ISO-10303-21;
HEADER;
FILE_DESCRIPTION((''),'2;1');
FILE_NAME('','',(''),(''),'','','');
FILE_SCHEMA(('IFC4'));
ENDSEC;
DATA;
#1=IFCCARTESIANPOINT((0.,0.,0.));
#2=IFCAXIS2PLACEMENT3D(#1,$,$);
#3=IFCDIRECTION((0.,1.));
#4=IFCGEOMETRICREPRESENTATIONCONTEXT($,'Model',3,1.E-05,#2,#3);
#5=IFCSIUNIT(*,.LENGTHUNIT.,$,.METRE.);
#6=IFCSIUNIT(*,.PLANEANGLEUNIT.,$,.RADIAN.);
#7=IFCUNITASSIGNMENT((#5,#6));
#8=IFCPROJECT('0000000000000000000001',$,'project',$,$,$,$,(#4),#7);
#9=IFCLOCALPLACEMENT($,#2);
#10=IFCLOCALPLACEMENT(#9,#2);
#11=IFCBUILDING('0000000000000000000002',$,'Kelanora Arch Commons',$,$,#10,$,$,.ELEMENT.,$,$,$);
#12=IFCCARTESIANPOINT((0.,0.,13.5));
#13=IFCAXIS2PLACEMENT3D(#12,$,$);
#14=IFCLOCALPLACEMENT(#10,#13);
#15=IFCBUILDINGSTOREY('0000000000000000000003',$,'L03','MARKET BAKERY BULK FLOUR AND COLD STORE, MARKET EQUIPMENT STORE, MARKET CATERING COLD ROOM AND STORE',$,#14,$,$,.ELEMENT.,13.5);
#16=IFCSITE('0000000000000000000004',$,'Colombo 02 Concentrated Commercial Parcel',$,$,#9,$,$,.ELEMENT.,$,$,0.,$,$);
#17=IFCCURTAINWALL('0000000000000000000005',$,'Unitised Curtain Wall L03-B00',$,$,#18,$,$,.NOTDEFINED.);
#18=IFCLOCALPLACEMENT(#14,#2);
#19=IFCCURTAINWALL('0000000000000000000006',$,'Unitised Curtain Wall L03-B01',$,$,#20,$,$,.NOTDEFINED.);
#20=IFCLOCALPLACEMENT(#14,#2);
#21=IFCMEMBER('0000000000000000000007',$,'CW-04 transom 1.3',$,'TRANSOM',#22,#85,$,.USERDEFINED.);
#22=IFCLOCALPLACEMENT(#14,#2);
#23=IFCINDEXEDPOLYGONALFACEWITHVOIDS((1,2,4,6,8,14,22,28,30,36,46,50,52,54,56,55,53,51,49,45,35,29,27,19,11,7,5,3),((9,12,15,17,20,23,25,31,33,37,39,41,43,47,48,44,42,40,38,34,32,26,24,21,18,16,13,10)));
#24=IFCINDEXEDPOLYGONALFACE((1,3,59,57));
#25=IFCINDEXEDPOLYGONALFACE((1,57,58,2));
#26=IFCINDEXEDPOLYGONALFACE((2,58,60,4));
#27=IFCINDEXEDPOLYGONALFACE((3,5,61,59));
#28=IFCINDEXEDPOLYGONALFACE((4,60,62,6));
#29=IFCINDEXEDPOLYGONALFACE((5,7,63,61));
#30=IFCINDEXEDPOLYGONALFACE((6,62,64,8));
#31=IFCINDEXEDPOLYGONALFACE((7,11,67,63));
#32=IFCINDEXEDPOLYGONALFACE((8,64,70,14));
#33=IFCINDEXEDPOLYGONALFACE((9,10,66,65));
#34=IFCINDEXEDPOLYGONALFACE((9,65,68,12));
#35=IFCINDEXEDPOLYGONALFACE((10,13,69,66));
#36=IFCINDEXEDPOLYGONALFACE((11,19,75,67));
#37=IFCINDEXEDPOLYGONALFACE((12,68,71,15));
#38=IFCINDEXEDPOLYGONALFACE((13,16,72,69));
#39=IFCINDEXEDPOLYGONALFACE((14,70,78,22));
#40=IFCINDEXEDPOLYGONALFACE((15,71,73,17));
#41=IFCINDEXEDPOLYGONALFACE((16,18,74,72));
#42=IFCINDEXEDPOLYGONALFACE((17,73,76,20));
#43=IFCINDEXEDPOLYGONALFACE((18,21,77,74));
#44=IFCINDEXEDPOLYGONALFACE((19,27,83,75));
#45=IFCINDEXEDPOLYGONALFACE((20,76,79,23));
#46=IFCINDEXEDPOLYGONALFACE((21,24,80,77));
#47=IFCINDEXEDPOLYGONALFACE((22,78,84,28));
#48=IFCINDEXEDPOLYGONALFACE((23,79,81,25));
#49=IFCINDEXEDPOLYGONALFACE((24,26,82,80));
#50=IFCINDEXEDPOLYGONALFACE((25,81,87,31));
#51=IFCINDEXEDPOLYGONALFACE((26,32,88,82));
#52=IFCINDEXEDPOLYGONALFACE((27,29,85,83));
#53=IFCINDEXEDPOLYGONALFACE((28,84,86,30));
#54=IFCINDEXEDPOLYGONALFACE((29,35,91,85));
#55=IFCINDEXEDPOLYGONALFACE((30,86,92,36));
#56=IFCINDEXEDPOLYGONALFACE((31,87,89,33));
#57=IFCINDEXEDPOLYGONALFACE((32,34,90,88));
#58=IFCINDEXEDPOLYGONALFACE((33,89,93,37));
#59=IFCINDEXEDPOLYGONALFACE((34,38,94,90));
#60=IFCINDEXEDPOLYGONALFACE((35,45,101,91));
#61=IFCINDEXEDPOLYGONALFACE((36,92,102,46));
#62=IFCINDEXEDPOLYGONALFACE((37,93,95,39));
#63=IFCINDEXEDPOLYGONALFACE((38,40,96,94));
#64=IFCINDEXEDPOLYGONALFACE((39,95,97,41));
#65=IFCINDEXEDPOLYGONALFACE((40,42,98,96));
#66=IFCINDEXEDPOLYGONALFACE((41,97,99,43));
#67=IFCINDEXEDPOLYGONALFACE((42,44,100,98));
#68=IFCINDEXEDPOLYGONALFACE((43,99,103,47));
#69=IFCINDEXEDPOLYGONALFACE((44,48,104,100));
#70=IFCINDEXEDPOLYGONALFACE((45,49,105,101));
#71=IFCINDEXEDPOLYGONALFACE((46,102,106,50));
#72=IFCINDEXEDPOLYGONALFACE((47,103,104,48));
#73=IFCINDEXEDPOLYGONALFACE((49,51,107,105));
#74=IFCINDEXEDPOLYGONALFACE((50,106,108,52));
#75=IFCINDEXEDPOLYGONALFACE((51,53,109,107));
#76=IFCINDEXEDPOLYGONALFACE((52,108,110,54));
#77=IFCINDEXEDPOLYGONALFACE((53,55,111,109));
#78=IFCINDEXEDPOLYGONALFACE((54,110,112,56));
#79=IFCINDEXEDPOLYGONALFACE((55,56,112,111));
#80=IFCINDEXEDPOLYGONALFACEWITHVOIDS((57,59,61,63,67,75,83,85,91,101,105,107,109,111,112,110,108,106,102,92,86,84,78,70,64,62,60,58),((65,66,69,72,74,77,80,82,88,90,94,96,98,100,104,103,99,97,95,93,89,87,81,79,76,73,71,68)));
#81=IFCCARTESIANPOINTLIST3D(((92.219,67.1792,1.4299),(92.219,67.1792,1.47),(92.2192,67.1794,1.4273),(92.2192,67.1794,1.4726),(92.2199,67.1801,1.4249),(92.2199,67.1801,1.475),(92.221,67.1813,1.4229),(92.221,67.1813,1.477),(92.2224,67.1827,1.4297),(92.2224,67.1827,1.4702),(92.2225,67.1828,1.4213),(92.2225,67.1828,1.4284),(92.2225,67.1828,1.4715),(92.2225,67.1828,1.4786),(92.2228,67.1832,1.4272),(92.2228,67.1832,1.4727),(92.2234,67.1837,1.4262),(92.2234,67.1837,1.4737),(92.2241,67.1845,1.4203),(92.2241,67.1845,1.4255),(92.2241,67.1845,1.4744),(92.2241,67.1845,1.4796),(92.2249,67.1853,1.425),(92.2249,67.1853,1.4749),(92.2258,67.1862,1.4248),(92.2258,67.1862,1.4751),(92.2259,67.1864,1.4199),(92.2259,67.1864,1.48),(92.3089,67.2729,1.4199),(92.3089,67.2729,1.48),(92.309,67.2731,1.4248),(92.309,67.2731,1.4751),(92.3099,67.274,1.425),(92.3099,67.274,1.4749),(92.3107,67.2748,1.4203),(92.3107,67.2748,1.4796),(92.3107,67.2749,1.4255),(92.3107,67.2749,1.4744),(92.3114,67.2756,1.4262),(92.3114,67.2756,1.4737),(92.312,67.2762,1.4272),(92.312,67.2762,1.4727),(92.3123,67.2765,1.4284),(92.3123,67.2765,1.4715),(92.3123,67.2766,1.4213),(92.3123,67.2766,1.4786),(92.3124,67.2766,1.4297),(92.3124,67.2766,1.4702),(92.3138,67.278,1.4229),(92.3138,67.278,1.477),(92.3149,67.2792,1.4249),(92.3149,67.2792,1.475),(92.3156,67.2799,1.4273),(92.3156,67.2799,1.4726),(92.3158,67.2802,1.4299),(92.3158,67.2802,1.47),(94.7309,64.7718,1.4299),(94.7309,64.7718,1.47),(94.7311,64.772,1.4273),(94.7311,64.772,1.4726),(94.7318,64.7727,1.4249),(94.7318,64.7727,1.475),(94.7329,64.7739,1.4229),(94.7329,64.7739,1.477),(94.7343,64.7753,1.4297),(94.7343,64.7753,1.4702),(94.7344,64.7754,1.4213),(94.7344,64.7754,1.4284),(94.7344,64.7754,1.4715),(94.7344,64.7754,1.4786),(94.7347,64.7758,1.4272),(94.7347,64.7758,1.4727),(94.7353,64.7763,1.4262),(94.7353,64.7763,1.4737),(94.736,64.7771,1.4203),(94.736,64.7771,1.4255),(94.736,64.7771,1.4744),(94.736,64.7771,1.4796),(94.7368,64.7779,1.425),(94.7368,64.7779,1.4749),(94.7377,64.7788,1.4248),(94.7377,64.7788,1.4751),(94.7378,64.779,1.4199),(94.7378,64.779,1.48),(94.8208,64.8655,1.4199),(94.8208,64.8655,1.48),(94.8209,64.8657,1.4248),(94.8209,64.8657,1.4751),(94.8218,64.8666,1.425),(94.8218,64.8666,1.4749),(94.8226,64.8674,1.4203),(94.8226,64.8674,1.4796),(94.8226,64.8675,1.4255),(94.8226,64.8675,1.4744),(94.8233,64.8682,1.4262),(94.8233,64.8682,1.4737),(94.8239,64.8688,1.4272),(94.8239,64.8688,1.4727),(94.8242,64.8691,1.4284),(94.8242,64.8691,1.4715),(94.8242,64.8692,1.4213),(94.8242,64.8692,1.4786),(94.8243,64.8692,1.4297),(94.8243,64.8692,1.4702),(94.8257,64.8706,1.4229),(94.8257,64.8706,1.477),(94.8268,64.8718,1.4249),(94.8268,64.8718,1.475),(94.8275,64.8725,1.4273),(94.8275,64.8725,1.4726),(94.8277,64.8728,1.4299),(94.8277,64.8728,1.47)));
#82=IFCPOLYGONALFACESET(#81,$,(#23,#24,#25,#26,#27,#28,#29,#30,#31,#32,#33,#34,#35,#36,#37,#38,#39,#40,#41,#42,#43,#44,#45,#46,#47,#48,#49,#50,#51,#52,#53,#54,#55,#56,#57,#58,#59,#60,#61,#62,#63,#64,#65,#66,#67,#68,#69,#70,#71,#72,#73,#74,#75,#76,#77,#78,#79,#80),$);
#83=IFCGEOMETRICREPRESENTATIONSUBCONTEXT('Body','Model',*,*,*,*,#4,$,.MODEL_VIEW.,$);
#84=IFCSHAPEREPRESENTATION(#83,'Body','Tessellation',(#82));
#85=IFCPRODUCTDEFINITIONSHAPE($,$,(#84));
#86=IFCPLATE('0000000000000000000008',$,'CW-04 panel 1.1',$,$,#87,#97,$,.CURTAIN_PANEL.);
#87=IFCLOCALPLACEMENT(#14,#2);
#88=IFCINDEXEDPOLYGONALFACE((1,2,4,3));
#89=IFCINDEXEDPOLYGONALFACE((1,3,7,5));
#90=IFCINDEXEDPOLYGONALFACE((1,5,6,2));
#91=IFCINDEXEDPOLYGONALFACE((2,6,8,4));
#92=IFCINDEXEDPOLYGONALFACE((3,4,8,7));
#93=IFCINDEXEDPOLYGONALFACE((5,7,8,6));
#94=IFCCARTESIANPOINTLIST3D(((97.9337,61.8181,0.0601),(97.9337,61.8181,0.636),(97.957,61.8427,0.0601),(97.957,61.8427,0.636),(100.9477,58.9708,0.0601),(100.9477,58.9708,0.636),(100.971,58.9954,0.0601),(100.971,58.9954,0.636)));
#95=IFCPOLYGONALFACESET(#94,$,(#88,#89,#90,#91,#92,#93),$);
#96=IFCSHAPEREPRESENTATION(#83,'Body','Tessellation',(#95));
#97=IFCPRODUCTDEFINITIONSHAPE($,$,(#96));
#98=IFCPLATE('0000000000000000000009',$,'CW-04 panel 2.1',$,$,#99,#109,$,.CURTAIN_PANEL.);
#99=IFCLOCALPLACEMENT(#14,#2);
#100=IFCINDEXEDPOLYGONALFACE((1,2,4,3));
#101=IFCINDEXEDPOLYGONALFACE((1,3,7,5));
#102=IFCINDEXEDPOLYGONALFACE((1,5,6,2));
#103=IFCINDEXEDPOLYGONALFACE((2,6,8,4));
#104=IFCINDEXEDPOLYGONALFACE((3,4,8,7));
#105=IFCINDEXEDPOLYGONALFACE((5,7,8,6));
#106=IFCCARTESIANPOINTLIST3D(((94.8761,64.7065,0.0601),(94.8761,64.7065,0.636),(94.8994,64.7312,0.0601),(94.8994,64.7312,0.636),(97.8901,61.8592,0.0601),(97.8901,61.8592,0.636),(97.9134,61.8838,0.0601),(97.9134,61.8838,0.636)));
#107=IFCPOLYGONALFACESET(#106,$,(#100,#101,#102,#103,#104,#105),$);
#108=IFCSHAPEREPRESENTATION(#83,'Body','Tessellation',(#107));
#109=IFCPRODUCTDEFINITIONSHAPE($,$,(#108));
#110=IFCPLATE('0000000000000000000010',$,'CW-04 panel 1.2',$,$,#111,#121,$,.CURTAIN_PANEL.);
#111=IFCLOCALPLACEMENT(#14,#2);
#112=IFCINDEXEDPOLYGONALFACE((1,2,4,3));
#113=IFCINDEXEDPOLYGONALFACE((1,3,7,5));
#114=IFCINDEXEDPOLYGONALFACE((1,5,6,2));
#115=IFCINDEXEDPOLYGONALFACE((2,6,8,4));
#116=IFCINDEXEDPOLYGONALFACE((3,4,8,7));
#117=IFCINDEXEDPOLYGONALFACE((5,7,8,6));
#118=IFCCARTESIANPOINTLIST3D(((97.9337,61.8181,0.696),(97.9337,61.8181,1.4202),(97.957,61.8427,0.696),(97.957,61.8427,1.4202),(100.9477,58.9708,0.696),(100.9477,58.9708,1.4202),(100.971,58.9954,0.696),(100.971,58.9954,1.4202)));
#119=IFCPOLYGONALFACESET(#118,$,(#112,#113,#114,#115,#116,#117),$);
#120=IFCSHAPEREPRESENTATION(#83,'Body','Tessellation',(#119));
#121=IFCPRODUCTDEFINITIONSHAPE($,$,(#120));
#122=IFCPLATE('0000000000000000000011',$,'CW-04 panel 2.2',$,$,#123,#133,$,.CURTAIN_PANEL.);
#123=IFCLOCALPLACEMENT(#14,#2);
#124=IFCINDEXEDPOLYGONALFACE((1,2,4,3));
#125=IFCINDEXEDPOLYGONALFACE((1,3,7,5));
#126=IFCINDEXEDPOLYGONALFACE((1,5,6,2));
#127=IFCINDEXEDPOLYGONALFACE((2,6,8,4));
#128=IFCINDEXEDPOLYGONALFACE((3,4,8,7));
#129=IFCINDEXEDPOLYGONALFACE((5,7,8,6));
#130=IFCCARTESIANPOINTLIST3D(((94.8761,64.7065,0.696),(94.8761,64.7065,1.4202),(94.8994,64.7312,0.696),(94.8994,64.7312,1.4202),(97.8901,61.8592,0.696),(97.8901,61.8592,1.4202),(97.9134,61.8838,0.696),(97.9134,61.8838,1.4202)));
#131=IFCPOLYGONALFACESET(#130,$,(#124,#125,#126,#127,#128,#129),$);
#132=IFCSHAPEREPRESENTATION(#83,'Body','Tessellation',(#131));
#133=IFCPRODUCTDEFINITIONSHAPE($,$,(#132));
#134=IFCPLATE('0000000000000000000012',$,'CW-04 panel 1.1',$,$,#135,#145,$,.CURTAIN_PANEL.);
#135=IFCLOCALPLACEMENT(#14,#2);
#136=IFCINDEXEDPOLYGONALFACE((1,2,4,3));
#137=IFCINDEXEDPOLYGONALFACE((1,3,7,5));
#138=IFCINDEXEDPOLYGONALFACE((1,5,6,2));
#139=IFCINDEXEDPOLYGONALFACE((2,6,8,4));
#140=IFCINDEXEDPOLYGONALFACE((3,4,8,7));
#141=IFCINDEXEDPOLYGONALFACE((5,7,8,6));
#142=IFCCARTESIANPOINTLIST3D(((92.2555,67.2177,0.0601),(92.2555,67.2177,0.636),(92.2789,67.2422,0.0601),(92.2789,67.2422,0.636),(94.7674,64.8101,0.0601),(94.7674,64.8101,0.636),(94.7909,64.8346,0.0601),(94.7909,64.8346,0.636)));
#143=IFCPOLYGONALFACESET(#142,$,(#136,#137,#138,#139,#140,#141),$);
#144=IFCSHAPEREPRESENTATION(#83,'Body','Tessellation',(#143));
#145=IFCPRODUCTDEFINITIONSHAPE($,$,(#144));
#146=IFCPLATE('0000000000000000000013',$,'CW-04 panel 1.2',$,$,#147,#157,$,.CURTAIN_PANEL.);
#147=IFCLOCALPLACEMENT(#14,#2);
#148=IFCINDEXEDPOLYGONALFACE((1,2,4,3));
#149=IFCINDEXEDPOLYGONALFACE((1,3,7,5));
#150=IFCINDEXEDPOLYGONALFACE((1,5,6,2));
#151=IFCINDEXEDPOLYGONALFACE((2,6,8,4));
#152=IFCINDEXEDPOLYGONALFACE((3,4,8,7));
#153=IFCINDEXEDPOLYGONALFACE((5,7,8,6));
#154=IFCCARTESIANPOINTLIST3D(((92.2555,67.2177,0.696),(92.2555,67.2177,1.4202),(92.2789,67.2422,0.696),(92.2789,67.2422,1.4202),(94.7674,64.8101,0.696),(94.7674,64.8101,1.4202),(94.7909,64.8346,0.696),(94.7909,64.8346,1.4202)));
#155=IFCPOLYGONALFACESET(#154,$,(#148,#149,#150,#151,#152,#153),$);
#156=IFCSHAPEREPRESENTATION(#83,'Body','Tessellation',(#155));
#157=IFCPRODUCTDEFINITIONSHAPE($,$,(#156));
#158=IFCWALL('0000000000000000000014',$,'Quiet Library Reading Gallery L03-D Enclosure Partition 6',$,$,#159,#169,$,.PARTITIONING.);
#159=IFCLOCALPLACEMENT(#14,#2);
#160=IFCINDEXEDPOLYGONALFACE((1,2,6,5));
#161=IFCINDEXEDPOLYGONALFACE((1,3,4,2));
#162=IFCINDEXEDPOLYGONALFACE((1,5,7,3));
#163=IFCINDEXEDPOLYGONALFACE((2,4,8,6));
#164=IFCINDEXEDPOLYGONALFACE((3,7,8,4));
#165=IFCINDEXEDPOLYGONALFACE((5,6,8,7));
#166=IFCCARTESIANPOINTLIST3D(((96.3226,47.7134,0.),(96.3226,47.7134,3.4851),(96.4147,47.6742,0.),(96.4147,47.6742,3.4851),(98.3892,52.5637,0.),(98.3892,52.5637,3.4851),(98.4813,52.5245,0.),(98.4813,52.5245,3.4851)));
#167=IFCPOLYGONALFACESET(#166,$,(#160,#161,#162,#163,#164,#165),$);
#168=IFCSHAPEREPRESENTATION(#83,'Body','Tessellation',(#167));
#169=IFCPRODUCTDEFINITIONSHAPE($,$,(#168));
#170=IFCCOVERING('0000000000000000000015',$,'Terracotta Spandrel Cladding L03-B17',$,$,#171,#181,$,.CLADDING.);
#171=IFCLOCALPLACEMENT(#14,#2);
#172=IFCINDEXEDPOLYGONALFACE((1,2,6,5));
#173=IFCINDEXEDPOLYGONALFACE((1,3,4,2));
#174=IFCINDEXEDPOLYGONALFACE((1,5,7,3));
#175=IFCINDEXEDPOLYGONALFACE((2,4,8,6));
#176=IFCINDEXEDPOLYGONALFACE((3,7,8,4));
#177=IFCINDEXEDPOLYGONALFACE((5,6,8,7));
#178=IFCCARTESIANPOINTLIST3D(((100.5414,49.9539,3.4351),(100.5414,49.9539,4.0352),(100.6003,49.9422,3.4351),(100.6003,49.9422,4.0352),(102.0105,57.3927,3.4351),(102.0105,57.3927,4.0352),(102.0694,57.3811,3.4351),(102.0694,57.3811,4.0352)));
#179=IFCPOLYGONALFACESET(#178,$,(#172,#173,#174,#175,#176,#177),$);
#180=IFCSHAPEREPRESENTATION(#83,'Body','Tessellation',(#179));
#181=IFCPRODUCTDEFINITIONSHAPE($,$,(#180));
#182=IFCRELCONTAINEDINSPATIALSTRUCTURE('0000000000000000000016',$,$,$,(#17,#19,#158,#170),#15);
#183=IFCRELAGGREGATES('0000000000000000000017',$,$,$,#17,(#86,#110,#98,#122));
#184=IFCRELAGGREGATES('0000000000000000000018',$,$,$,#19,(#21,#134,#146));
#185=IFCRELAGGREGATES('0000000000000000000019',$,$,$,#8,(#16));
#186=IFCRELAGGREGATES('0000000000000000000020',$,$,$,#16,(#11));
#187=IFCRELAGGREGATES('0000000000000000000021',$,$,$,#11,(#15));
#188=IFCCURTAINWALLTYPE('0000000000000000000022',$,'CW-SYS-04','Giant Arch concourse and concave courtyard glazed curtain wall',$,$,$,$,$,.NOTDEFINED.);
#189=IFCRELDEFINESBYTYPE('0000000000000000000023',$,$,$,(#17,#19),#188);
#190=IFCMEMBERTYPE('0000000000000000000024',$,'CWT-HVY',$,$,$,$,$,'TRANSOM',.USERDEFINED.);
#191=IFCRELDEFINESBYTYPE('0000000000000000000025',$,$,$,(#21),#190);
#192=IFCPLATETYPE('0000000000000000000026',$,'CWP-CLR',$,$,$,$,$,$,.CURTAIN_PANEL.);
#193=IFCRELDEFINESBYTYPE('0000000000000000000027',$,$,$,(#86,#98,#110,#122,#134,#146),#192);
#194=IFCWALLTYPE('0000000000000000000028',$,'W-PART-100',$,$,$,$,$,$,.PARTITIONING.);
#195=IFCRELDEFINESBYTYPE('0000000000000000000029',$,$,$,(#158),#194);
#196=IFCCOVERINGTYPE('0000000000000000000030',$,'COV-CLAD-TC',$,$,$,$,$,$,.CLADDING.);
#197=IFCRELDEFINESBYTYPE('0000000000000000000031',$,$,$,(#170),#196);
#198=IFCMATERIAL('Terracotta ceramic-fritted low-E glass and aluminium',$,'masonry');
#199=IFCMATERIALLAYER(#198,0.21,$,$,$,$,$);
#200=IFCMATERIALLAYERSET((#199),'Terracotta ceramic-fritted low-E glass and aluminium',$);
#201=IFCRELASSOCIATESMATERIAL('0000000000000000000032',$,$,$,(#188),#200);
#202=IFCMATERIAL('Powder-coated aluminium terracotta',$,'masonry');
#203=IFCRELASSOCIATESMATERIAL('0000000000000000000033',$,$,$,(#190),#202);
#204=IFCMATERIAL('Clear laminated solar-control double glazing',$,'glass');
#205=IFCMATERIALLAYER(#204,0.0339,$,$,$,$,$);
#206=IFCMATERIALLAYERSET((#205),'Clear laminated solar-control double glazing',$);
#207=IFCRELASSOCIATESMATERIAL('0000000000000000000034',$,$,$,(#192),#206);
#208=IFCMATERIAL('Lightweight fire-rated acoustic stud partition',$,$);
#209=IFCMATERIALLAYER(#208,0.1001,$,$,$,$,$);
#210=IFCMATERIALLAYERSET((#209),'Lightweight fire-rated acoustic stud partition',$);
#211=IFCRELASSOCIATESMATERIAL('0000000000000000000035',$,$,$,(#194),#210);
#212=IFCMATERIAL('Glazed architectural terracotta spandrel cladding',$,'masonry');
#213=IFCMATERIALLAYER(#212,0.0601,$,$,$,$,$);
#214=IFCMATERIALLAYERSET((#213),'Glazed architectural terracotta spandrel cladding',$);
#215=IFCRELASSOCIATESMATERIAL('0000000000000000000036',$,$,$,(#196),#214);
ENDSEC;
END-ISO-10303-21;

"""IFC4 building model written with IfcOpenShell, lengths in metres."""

from ifc_helpers import new_model, si_unit, direction, frame, frame_2d, origin, origin_2d, place, context, subcontext, project, spatial, rectangle, hollow_rectangle, extrude, source, transform, mapped, material, layer, layer_set, material_profile, profile_set, type_object, element, aggregate, save


model = new_model("IFC4")

# Units and contexts
model_context = context("Model", 3, precision=1e-05, world=origin(), true_north=direction((0.0, 1.0)))
body_context = subcontext(model_context, "Body", "Model", "MODEL_VIEW")
ifc_project = project(units=[si_unit("LENGTHUNIT", "METRE"), si_unit("PLANEANGLEUNIT", "RADIAN")], contexts=[model_context])

# Site, building, storey
site_placement = place(None, origin())
site = spatial("IfcSite", under=ifc_project, at=site_placement, Name="Colombo 02 Concentrated Commercial Parcel", CompositionType="ELEMENT", RefElevation=0.0)
building_placement = place(site_placement, origin())
building = spatial("IfcBuilding", under=site, at=building_placement, Name="Kelanora Arch Commons", CompositionType="ELEMENT")
storey_placement = place(building_placement, frame((0.0, 0.0, 13.5)))
storey = spatial("IfcBuildingStorey", under=building, at=storey_placement, Name="L03", Description="MARKET BAKERY BULK FLOUR AND COLD STORE, MARKET EQUIPMENT STORE, MARKET CATERING COLD ROOM AND STORE", CompositionType="ELEMENT", Elevation=13.5)

# Curtain wall
ifc_material_1 = material(Name="Terracotta ceramic-fritted low-E glass and aluminium", Category="masonry")
ifc_layer_1 = layer(ifc_material_1, 0.21)
ifc_layer_set_1 = layer_set([ifc_layer_1], Name="Terracotta ceramic-fritted low-E glass and aluminium")
curtain_wall_type = type_object("IfcCurtainWallType", Name="CW-SYS-04", Description="Giant Arch concourse and concave courtyard glazed curtain wall", PredefinedType="NOTDEFINED", material=ifc_layer_set_1)
curtain_wall_1_placement = place(storey_placement, origin())
curtain_wall_1 = element("IfcCurtainWall", 1, at=curtain_wall_1_placement, inside=storey, type_object=curtain_wall_type, Name="Unitised Curtain Wall L03-B00", PredefinedType="NOTDEFINED")
ifc_material_2 = material(Name="Powder-coated aluminium terracotta", Category="masonry")

# Curtain wall
curtain_wall_2_placement = place(storey_placement, origin())
curtain_wall_2 = element("IfcCurtainWall", 2, at=curtain_wall_2_placement, inside=storey, type_object=curtain_wall_type, Name="Unitised Curtain Wall L03-B01", PredefinedType="NOTDEFINED")

# Member
ifc_material_profile_1 = material_profile(ifc_material_2, hollow_rectangle(XDim=0.1399, YDim=0.0601, WallThickness=0.0049, InnerFilletRadius=0.0049, OuterFilletRadius=0.01, at=origin_2d()), Name="CWT140x60")
ifc_profile_set_1 = profile_set([ifc_material_profile_1], Name="Powder-coated aluminium terracotta")
member_type_1 = type_object("IfcMemberType", Name="CWT-HVY", ElementType="TRANSOM", PredefinedType="USERDEFINED", material=ifc_profile_set_1)
member_1_placement = place(storey_placement, frame((94.7793, 64.8223, 1.45), z_axis=(-0.721963, 0.691931, 0.0), x_axis=(-0.691931, -0.721963, 0.0)))
member_1 = element("IfcMember", 3, at=member_1_placement, type_object=member_type_1, Name="CW-04 transom 1.3", ObjectType="TRANSOM", PredefinedType="USERDEFINED", context=body_context, shape_type="SweptSolid", body=[
    extrude(hollow_rectangle(XDim=0.1399, YDim=0.0601, WallThickness=0.0049, InnerFilletRadius=0.0049, OuterFilletRadius=0.01, at=origin_2d()), origin(), (0.0, 0.0, 1.0), 3.4792),
])

# Plates
ifc_material_3 = material(Name="Clear laminated solar-control double glazing", Category="glass")
ifc_layer_2 = layer(ifc_material_3, 0.0339)
ifc_layer_set_2 = layer_set([ifc_layer_2], Name="Clear laminated solar-control double glazing")
plate_type = type_object("IfcPlateType", Name="CWP-CLR", PredefinedType="CURTAIN_PANEL", material=ifc_layer_set_2)
shared_shape_1 = source(origin(), body_context, "Body", "SweptSolid", [
    extrude(rectangle(XDim=4.1462, YDim=0.0339, at=origin_2d()), origin(), (0.0, 0.0, 1.0), 0.5759),
])
plate_1_placement = place(storey_placement, frame((99.4524, 60.4067, 0.0601), z_axis=(0.0, 0.0, 1.0), x_axis=(-0.726922, 0.68672, 0.0)))
plate_1 = element("IfcPlate", 4, at=plate_1_placement, type_object=plate_type, Name="CW-04 panel 1.1", PredefinedType="CURTAIN_PANEL", context=body_context, shape_type="MappedRepresentation", body=[
    mapped(shared_shape_1, transform((0.0, 0.0, 0.0), scale=1.0)),
])
plate_2_placement = place(storey_placement, frame((96.3948, 63.2952, 0.0601), z_axis=(0.0, 0.0, 1.0), x_axis=(-0.726922, 0.68672, 0.0)))
plate_2 = element("IfcPlate", 5, at=plate_2_placement, type_object=plate_type, Name="CW-04 panel 2.1", PredefinedType="CURTAIN_PANEL", context=body_context, shape_type="MappedRepresentation", body=[
    mapped(shared_shape_1, transform((0.0, 0.0, 0.0), scale=1.0)),
])
shared_shape_2 = source(origin(), body_context, "Body", "SweptSolid", [
    extrude(rectangle(XDim=4.1462, YDim=0.0339, at=origin_2d()), origin(), (0.0, 0.0, 1.0), 0.7241),
])
plate_3_placement = place(storey_placement, frame((99.4524, 60.4067, 0.696), z_axis=(0.0, 0.0, 1.0), x_axis=(-0.726922, 0.68672, 0.0)))
plate_3 = element("IfcPlate", 6, at=plate_3_placement, type_object=plate_type, Name="CW-04 panel 1.2", PredefinedType="CURTAIN_PANEL", context=body_context, shape_type="MappedRepresentation", body=[
    mapped(shared_shape_2, transform((0.0, 0.0, 0.0), scale=1.0)),
])
plate_4_placement = place(storey_placement, frame((96.3948, 63.2952, 0.696), z_axis=(0.0, 0.0, 1.0), x_axis=(-0.726922, 0.68672, 0.0)))
plate_4 = element("IfcPlate", 7, at=plate_4_placement, type_object=plate_type, Name="CW-04 panel 2.2", PredefinedType="CURTAIN_PANEL", context=body_context, shape_type="MappedRepresentation", body=[
    mapped(shared_shape_2, transform((0.0, 0.0, 0.0), scale=1.0)),
])
aggregate(curtain_wall_1, [plate_1, plate_3, plate_2, plate_4])
shared_shape_3 = source(origin(), body_context, "Body", "SweptSolid", [
    extrude(rectangle(XDim=3.4795, YDim=0.0339, at=origin_2d()), origin(), (0.0, 0.0, 1.0), 0.5759),
])
plate_5_placement = place(storey_placement, frame((93.5232, 66.0261, 0.0601), z_axis=(0.0, 0.0, 1.0), x_axis=(-0.721943, 0.691953, 0.0)))
plate_5 = element("IfcPlate", 8, at=plate_5_placement, type_object=plate_type, Name="CW-04 panel 1.1", PredefinedType="CURTAIN_PANEL", context=body_context, shape_type="MappedRepresentation", body=[
    mapped(shared_shape_3, transform((0.0, 0.0, 0.0), scale=1.0)),
])
shared_shape_4 = source(origin(), body_context, "Body", "SweptSolid", [
    extrude(rectangle(XDim=3.4795, YDim=0.0339, at=origin_2d()), origin(), (0.0, 0.0, 1.0), 0.7241),
])
plate_6_placement = place(storey_placement, frame((93.5232, 66.0261, 0.696), z_axis=(0.0, 0.0, 1.0), x_axis=(-0.721943, 0.691953, 0.0)))
plate_6 = element("IfcPlate", 9, at=plate_6_placement, type_object=plate_type, Name="CW-04 panel 1.2", PredefinedType="CURTAIN_PANEL", context=body_context, shape_type="MappedRepresentation", body=[
    mapped(shared_shape_4, transform((0.0, 0.0, 0.0), scale=1.0)),
])
aggregate(curtain_wall_2, [member_1, plate_5, plate_6])

# Wall
ifc_material_4 = material(Name="Lightweight fire-rated acoustic stud partition")
ifc_layer_3 = layer(ifc_material_4, 0.1001)
ifc_layer_set_3 = layer_set([ifc_layer_3], Name="Lightweight fire-rated acoustic stud partition")
wall_type = type_object("IfcWallType", Name="W-PART-100", PredefinedType="PARTITIONING", material=ifc_layer_set_3)
wall_placement = place(storey_placement, frame((98.4353, 52.5442, 0.0), z_axis=(0.0, 0.0, 1.0), x_axis=(-0.391985, -0.919972, 0.0)))
element("IfcWall", 10, at=wall_placement, inside=storey, type_object=wall_type, Name="Quiet Library Reading Gallery L03-D Enclosure Partition 6", PredefinedType="PARTITIONING", context=body_context, shape_type="SweptSolid", body=[
    extrude(rectangle(XDim=5.2722, YDim=0.1001, at=frame_2d((2.6362, 0.0))), origin(), (0.0, 0.0, 1.0), 3.4851),
])

# Covering
ifc_material_5 = material(Name="Glazed architectural terracotta spandrel cladding", Category="masonry")
ifc_layer_4 = layer(ifc_material_5, 0.0601)
ifc_layer_set_4 = layer_set([ifc_layer_4], Name="Glazed architectural terracotta spandrel cladding")
covering_type = type_object("IfcCoveringType", Name="COV-CLAD-TC", PredefinedType="CLADDING", material=ifc_layer_set_4)
shared_shape_5 = source(origin(), body_context, "Body", "SweptSolid", [
    extrude(rectangle(XDim=7.5825, YDim=0.0601, at=origin_2d()), origin(), (0.0, 0.0, 1.0), 0.6001),
])
covering_placement = place(storey_placement, frame((101.3054, 53.6675, 3.4351), z_axis=(0.0, 0.0, 1.0), x_axis=(0.193744, 0.981052, 0.0)))
element("IfcCovering", 11, at=covering_placement, inside=storey, type_object=covering_type, Name="Terracotta Spandrel Cladding L03-B17", PredefinedType="CLADDING", context=body_context, shape_type="MappedRepresentation", body=[
    mapped(shared_shape_5, transform((0.0, 0.0, 0.0), scale=1.0)),
])

save(model, "model.ifc")
